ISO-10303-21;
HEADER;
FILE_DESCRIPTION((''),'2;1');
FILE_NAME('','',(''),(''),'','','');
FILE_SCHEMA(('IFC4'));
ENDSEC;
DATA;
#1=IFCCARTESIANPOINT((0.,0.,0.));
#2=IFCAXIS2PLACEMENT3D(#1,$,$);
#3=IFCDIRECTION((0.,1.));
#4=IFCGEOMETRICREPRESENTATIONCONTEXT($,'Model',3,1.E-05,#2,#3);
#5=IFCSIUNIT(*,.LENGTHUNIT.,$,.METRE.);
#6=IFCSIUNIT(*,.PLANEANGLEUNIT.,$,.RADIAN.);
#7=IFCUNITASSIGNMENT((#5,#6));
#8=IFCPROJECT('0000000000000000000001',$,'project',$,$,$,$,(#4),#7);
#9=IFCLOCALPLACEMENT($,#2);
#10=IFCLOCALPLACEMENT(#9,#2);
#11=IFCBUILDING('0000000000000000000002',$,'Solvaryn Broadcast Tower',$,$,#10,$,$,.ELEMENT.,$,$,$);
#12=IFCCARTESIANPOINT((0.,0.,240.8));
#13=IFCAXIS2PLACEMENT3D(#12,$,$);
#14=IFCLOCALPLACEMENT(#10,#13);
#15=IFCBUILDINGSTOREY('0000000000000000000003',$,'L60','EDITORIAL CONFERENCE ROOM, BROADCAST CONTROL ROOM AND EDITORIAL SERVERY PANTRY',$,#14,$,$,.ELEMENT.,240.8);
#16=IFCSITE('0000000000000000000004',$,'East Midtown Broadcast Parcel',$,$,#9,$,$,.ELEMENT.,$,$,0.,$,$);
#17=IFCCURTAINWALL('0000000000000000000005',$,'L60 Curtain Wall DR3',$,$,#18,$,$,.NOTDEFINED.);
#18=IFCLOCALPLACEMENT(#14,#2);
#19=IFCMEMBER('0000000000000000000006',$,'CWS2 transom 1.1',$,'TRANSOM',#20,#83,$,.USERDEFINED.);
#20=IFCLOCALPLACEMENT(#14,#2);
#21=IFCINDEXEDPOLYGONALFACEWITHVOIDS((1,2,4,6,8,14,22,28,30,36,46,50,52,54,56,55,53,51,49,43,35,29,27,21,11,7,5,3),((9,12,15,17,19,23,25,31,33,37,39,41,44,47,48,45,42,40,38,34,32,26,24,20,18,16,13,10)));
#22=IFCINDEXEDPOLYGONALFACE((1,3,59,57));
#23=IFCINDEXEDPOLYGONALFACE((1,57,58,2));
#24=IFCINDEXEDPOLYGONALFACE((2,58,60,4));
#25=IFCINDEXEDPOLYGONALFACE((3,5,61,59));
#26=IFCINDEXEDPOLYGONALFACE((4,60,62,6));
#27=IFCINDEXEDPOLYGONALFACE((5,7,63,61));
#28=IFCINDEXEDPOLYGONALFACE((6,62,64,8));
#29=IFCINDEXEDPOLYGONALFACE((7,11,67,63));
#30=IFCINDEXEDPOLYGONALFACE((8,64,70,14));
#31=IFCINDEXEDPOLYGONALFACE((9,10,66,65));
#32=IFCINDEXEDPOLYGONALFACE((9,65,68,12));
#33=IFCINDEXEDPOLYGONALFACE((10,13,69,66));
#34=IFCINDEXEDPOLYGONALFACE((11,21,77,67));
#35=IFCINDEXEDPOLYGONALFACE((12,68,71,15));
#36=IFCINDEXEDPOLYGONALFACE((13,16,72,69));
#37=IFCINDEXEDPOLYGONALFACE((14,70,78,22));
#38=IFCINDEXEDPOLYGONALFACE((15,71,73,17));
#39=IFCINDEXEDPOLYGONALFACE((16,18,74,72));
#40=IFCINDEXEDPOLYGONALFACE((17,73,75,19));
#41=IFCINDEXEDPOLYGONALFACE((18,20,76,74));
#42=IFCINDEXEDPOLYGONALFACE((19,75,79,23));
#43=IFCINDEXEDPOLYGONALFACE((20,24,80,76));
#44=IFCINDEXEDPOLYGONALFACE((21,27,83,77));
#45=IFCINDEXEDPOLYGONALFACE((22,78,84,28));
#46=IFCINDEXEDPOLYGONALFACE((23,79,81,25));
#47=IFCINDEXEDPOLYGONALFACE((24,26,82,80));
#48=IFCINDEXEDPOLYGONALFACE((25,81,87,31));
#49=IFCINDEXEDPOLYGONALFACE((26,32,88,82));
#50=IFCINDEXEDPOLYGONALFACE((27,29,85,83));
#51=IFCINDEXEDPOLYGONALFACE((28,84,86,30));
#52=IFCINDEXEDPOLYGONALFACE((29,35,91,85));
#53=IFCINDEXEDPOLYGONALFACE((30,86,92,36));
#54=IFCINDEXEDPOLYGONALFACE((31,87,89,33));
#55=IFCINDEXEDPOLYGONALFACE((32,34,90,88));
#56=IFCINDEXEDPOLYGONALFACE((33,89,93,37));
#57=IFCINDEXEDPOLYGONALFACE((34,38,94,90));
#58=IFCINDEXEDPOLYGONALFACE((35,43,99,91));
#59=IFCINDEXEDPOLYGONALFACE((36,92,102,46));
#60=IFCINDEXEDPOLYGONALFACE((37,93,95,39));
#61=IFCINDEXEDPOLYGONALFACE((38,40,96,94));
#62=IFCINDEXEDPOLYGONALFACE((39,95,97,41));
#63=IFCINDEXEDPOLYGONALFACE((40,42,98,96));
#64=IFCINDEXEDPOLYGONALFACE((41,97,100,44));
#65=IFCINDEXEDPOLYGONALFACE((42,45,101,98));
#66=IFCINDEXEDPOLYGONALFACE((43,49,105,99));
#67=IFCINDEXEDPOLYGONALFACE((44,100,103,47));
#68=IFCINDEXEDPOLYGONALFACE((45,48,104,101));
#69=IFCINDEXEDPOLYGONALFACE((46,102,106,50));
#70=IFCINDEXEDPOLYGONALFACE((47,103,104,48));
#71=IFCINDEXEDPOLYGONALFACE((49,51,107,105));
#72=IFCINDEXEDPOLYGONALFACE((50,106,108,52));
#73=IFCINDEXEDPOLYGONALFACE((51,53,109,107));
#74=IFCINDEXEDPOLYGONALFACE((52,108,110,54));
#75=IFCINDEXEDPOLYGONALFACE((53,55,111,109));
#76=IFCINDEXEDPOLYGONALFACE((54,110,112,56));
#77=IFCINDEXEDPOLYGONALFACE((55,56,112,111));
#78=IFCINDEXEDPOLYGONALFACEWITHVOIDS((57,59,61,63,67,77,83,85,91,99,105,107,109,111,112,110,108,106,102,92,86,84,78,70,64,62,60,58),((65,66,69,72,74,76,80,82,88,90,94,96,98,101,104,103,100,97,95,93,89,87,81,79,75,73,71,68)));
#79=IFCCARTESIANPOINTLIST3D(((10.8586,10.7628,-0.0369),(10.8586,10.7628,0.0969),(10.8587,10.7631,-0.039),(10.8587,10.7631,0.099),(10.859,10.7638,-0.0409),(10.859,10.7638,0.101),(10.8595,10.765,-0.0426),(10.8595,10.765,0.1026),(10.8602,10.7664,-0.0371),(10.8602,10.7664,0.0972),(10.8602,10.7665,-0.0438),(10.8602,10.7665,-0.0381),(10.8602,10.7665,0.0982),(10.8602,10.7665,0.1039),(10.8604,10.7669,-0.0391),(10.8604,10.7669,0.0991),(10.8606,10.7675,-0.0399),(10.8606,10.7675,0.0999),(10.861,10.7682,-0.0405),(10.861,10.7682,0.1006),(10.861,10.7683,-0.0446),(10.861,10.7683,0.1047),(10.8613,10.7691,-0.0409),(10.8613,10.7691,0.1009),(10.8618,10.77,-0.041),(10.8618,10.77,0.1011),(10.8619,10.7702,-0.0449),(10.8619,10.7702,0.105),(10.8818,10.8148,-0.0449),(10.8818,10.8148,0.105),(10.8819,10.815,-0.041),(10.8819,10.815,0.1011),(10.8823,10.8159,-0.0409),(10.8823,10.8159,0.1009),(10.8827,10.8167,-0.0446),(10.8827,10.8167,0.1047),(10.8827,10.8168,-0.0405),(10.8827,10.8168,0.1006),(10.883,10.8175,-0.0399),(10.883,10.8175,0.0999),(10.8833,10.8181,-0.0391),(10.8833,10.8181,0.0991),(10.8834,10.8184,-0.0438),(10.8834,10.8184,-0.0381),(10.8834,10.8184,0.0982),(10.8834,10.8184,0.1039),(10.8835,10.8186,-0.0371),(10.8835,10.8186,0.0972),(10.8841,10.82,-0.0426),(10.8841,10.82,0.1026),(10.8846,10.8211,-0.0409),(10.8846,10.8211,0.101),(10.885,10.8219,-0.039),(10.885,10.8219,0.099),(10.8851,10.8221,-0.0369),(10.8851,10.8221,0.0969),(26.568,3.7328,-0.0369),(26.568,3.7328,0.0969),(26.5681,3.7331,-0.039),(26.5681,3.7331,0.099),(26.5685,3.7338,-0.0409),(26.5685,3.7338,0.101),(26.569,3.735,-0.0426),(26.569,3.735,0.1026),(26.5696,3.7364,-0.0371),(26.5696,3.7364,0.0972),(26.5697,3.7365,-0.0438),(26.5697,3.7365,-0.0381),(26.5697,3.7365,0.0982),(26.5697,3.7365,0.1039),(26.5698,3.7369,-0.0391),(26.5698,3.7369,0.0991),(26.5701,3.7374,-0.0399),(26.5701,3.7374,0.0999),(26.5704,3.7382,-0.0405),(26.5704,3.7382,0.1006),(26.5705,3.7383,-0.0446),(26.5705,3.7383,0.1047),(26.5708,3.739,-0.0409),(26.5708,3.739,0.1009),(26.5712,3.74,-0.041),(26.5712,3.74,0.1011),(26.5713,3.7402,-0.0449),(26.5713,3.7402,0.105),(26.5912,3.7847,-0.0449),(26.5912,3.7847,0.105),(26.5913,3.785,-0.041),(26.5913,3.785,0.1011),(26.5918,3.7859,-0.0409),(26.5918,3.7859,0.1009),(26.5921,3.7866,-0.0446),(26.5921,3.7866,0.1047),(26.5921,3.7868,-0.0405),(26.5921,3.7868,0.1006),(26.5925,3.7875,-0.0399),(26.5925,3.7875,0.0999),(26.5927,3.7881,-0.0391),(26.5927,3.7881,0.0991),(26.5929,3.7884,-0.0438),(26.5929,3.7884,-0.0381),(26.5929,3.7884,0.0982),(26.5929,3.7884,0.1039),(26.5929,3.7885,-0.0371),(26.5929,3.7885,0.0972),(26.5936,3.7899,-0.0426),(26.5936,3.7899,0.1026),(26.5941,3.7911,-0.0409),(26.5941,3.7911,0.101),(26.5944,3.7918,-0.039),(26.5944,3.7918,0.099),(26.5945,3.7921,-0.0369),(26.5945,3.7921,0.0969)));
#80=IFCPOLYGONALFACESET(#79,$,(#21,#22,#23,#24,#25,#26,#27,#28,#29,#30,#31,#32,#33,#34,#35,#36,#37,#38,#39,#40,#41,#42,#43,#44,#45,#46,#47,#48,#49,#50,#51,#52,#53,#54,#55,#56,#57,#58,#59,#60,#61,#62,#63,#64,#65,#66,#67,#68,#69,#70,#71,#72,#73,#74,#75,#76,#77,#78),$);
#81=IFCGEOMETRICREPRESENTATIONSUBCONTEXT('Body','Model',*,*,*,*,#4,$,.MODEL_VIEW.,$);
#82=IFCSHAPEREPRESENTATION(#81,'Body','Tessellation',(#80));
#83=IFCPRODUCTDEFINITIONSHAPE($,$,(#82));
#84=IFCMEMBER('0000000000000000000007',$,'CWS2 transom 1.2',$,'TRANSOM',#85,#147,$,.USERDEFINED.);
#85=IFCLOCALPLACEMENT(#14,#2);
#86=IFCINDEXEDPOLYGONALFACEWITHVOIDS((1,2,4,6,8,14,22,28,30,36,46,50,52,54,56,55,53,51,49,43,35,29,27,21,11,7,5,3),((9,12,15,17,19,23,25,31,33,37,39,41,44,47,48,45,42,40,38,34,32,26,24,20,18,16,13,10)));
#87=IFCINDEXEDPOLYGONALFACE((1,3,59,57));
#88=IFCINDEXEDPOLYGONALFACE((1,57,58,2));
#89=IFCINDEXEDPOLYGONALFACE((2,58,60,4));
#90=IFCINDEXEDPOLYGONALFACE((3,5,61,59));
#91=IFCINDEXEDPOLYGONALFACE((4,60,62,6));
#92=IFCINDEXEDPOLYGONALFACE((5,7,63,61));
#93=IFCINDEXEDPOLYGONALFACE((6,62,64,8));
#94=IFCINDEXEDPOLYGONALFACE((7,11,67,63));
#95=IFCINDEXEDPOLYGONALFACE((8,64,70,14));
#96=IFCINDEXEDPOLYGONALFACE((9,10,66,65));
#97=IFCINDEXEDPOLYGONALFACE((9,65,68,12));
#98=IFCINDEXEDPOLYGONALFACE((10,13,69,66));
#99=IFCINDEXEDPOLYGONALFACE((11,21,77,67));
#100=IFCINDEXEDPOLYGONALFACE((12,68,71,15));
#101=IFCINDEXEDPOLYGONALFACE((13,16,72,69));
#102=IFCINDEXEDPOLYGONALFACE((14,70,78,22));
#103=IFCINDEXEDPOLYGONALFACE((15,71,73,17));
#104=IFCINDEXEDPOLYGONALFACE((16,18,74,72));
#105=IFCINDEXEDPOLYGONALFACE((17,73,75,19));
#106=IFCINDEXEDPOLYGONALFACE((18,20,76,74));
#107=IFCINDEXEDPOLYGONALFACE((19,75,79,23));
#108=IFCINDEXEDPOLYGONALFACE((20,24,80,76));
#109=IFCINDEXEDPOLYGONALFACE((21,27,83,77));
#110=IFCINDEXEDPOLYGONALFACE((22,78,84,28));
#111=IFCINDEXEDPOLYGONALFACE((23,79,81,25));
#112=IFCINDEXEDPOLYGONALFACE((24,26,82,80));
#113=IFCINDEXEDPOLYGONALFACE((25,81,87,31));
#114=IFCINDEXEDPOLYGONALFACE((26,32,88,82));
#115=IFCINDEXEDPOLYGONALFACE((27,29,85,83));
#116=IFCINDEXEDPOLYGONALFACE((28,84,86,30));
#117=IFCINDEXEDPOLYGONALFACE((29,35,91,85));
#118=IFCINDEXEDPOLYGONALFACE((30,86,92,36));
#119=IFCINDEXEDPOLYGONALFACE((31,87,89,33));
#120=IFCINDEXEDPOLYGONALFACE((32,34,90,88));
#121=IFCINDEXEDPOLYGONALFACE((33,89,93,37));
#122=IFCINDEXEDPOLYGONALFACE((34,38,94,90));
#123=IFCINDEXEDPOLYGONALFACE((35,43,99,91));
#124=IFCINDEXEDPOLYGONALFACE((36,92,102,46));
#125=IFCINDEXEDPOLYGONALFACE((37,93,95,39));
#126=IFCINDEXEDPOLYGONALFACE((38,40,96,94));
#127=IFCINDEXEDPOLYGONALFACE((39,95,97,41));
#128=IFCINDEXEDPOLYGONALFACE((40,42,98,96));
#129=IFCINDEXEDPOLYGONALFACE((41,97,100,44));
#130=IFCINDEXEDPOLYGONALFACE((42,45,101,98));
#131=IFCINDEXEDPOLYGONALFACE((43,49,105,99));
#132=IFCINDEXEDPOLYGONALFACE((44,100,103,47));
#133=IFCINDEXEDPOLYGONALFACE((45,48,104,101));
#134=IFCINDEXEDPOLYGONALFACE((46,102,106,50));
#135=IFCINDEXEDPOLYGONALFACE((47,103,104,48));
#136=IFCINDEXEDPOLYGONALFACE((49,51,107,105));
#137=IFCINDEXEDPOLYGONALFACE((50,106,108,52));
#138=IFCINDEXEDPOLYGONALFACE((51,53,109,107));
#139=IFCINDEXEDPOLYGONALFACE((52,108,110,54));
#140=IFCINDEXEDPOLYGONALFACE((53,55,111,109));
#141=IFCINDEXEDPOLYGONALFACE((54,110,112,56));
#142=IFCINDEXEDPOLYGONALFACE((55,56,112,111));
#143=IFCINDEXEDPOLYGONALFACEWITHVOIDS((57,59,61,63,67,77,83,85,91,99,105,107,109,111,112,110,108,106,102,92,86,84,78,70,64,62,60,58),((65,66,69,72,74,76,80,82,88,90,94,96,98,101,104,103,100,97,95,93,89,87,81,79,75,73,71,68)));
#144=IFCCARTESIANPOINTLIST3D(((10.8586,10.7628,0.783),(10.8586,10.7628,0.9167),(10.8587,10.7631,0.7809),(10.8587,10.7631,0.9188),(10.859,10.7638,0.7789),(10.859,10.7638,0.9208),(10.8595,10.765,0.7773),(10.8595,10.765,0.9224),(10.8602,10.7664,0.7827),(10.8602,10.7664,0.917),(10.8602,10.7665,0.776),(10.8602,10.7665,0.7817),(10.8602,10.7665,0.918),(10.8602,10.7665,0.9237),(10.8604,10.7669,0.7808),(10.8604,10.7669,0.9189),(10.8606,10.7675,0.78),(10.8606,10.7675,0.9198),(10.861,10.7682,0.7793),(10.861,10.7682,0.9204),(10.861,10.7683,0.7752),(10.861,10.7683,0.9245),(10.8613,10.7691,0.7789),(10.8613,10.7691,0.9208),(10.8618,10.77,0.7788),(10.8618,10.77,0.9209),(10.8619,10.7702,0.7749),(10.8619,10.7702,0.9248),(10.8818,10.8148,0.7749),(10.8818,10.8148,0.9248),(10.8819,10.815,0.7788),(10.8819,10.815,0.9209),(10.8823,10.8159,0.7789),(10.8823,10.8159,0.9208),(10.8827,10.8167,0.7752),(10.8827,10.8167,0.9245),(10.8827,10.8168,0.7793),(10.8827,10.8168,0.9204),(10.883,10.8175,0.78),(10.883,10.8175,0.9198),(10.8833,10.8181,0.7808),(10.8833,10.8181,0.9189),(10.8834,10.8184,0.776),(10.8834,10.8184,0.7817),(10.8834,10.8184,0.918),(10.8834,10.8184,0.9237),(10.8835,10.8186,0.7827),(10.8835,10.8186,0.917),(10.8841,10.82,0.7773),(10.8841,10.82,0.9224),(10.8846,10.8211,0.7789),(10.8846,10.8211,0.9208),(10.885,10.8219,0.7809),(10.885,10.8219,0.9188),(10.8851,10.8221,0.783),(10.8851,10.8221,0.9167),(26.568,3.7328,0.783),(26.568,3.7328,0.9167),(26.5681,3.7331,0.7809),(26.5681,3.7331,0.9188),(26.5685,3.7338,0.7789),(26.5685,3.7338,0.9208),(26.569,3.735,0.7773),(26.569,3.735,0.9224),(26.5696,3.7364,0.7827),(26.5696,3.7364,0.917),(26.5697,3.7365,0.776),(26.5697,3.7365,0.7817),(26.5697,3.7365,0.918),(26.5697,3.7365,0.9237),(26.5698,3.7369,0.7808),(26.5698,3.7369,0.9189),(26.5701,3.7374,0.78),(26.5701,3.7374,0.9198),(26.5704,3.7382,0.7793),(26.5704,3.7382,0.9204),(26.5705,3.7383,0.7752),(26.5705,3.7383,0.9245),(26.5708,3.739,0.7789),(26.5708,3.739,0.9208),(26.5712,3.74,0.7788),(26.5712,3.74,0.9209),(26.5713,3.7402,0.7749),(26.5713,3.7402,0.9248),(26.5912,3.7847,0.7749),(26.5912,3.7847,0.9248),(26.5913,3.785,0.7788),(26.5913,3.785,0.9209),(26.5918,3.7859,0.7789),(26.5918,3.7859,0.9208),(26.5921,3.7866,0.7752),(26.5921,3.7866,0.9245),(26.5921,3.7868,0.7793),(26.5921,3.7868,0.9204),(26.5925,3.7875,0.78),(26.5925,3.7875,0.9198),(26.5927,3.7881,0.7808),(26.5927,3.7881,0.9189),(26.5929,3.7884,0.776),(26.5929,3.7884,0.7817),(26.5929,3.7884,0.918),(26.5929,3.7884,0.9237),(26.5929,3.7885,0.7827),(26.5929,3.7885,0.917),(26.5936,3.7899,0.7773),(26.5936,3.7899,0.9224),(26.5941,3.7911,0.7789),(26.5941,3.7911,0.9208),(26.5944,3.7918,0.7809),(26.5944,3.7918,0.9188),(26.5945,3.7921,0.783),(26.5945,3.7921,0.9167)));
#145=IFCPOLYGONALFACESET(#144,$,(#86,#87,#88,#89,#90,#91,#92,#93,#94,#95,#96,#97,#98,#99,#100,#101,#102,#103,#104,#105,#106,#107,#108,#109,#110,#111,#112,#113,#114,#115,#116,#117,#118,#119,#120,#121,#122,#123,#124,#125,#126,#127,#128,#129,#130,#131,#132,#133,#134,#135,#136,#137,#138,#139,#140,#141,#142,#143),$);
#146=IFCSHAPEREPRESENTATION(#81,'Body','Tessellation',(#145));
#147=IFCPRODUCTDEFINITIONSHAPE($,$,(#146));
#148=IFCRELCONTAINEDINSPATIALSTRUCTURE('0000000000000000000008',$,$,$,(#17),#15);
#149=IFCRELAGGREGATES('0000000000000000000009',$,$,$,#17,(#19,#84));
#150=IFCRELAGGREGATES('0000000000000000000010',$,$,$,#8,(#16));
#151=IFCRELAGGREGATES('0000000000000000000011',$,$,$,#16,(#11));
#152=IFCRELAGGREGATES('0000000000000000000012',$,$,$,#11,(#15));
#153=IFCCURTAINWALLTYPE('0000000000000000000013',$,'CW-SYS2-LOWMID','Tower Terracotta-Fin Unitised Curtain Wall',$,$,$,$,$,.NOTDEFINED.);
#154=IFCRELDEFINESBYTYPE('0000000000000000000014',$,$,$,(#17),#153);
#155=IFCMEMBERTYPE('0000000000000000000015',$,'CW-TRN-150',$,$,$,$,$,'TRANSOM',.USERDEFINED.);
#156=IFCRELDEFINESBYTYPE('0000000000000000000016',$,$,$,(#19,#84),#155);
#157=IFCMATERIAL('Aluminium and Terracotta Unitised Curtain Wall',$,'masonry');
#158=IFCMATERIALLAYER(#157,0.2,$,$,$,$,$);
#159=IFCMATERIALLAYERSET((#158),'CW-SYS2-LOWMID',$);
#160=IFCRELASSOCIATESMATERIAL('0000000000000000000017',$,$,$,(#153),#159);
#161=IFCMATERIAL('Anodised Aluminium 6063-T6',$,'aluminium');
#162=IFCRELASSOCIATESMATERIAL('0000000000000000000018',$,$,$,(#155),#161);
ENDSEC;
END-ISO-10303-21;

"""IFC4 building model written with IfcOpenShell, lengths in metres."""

from ifc_helpers import new_model, si_unit, direction, frame, origin, origin_2d, place, context, subcontext, project, spatial, hollow_rectangle, extrude, material, layer, layer_set, material_profile, profile_set, type_object, element, aggregate, save


model = new_model("IFC4")

# Units and contexts
model_context = context("Model", 3, precision=1e-05, world=origin(), true_north=direction((0.0, 1.0)))
body_context = subcontext(model_context, "Body", "Model", "MODEL_VIEW")
ifc_project = project(units=[si_unit("LENGTHUNIT", "METRE"), si_unit("PLANEANGLEUNIT", "RADIAN")], contexts=[model_context])

# Site, building, storey
site_placement = place(None, origin())
site = spatial("IfcSite", under=ifc_project, at=site_placement, Name="East Midtown Broadcast Parcel", CompositionType="ELEMENT", RefElevation=0.0)
building_placement = place(site_placement, origin())
building = spatial("IfcBuilding", under=site, at=building_placement, Name="Solvaryn Broadcast Tower", CompositionType="ELEMENT")
storey_placement = place(building_placement, frame((0.0, 0.0, 240.8)))
storey = spatial("IfcBuildingStorey", under=building, at=storey_placement, Name="L60", Description="EDITORIAL CONFERENCE ROOM, BROADCAST CONTROL ROOM AND EDITORIAL SERVERY PANTRY", CompositionType="ELEMENT", Elevation=240.8)

# Shared definitions
ifc_material_1 = material(Name="Aluminium and Terracotta Unitised Curtain Wall", Category="masonry")
ifc_layer_1 = layer(ifc_material_1, 0.2)
ifc_layer_set_1 = layer_set([ifc_layer_1], Name="CW-SYS2-LOWMID")
curtain_wall_type = type_object("IfcCurtainWallType", Name="CW-SYS2-LOWMID", Description="Tower Terracotta-Fin Unitised Curtain Wall", PredefinedType="NOTDEFINED", material=ifc_layer_set_1)

# Curtain wall, members
curtain_wall_1_placement = place(storey_placement, origin())
curtain_wall_1 = element("IfcCurtainWall", 1, at=curtain_wall_1_placement, inside=storey, type_object=curtain_wall_type, Name="L60 Curtain Wall DR3", PredefinedType="NOTDEFINED")
ifc_material_2 = material(Name="Anodised Aluminium 6063-T6", Category="aluminium")
ifc_material_profile_1 = material_profile(ifc_material_2, hollow_rectangle(XDim=0.0649, YDim=0.1499, WallThickness=0.0039, InnerFilletRadius=0.0039, OuterFilletRadius=0.0081, at=origin_2d()))
ifc_profile_set_1 = profile_set([ifc_material_profile_1], Name="Anodised Aluminium 6063-T6")
member_type_1 = type_object("IfcMemberType", Name="CW-TRN-150", ElementType="TRANSOM", PredefinedType="USERDEFINED", material=ifc_profile_set_1)
member_1_placement = place(storey_placement, frame((10.8718, 10.7925, 0.03), z_axis=(0.912773, -0.408468, 0.0), x_axis=(0.408468, 0.912773, 0.0)))
member_1 = element("IfcMember", 2, at=member_1_placement, type_object=member_type_1, Name="CWS2 transom 1.1", ObjectType="TRANSOM", PredefinedType="USERDEFINED", context=body_context, shape_type="SweptSolid", body=[
    extrude(hollow_rectangle(XDim=0.0649, YDim=0.1499, WallThickness=0.0039, InnerFilletRadius=0.0039, OuterFilletRadius=0.0081, at=origin_2d()), origin(), (0.0, 0.0, 1.0), 17.2107),
])
member_2_placement = place(storey_placement, frame((10.8718, 10.7925, 0.8499), z_axis=(0.912773, -0.408468, 0.0), x_axis=(0.408468, 0.912773, 0.0)))
member_2 = element("IfcMember", 3, at=member_2_placement, type_object=member_type_1, Name="CWS2 transom 1.2", ObjectType="TRANSOM", PredefinedType="USERDEFINED", context=body_context, shape_type="SweptSolid", body=[
    extrude(hollow_rectangle(XDim=0.0649, YDim=0.1499, WallThickness=0.0039, InnerFilletRadius=0.0039, OuterFilletRadius=0.0081, at=origin_2d()), origin(), (0.0, 0.0, 1.0), 17.2107),
])
aggregate(curtain_wall_1, [member_1, member_2])

save(model, "model.ifc")
